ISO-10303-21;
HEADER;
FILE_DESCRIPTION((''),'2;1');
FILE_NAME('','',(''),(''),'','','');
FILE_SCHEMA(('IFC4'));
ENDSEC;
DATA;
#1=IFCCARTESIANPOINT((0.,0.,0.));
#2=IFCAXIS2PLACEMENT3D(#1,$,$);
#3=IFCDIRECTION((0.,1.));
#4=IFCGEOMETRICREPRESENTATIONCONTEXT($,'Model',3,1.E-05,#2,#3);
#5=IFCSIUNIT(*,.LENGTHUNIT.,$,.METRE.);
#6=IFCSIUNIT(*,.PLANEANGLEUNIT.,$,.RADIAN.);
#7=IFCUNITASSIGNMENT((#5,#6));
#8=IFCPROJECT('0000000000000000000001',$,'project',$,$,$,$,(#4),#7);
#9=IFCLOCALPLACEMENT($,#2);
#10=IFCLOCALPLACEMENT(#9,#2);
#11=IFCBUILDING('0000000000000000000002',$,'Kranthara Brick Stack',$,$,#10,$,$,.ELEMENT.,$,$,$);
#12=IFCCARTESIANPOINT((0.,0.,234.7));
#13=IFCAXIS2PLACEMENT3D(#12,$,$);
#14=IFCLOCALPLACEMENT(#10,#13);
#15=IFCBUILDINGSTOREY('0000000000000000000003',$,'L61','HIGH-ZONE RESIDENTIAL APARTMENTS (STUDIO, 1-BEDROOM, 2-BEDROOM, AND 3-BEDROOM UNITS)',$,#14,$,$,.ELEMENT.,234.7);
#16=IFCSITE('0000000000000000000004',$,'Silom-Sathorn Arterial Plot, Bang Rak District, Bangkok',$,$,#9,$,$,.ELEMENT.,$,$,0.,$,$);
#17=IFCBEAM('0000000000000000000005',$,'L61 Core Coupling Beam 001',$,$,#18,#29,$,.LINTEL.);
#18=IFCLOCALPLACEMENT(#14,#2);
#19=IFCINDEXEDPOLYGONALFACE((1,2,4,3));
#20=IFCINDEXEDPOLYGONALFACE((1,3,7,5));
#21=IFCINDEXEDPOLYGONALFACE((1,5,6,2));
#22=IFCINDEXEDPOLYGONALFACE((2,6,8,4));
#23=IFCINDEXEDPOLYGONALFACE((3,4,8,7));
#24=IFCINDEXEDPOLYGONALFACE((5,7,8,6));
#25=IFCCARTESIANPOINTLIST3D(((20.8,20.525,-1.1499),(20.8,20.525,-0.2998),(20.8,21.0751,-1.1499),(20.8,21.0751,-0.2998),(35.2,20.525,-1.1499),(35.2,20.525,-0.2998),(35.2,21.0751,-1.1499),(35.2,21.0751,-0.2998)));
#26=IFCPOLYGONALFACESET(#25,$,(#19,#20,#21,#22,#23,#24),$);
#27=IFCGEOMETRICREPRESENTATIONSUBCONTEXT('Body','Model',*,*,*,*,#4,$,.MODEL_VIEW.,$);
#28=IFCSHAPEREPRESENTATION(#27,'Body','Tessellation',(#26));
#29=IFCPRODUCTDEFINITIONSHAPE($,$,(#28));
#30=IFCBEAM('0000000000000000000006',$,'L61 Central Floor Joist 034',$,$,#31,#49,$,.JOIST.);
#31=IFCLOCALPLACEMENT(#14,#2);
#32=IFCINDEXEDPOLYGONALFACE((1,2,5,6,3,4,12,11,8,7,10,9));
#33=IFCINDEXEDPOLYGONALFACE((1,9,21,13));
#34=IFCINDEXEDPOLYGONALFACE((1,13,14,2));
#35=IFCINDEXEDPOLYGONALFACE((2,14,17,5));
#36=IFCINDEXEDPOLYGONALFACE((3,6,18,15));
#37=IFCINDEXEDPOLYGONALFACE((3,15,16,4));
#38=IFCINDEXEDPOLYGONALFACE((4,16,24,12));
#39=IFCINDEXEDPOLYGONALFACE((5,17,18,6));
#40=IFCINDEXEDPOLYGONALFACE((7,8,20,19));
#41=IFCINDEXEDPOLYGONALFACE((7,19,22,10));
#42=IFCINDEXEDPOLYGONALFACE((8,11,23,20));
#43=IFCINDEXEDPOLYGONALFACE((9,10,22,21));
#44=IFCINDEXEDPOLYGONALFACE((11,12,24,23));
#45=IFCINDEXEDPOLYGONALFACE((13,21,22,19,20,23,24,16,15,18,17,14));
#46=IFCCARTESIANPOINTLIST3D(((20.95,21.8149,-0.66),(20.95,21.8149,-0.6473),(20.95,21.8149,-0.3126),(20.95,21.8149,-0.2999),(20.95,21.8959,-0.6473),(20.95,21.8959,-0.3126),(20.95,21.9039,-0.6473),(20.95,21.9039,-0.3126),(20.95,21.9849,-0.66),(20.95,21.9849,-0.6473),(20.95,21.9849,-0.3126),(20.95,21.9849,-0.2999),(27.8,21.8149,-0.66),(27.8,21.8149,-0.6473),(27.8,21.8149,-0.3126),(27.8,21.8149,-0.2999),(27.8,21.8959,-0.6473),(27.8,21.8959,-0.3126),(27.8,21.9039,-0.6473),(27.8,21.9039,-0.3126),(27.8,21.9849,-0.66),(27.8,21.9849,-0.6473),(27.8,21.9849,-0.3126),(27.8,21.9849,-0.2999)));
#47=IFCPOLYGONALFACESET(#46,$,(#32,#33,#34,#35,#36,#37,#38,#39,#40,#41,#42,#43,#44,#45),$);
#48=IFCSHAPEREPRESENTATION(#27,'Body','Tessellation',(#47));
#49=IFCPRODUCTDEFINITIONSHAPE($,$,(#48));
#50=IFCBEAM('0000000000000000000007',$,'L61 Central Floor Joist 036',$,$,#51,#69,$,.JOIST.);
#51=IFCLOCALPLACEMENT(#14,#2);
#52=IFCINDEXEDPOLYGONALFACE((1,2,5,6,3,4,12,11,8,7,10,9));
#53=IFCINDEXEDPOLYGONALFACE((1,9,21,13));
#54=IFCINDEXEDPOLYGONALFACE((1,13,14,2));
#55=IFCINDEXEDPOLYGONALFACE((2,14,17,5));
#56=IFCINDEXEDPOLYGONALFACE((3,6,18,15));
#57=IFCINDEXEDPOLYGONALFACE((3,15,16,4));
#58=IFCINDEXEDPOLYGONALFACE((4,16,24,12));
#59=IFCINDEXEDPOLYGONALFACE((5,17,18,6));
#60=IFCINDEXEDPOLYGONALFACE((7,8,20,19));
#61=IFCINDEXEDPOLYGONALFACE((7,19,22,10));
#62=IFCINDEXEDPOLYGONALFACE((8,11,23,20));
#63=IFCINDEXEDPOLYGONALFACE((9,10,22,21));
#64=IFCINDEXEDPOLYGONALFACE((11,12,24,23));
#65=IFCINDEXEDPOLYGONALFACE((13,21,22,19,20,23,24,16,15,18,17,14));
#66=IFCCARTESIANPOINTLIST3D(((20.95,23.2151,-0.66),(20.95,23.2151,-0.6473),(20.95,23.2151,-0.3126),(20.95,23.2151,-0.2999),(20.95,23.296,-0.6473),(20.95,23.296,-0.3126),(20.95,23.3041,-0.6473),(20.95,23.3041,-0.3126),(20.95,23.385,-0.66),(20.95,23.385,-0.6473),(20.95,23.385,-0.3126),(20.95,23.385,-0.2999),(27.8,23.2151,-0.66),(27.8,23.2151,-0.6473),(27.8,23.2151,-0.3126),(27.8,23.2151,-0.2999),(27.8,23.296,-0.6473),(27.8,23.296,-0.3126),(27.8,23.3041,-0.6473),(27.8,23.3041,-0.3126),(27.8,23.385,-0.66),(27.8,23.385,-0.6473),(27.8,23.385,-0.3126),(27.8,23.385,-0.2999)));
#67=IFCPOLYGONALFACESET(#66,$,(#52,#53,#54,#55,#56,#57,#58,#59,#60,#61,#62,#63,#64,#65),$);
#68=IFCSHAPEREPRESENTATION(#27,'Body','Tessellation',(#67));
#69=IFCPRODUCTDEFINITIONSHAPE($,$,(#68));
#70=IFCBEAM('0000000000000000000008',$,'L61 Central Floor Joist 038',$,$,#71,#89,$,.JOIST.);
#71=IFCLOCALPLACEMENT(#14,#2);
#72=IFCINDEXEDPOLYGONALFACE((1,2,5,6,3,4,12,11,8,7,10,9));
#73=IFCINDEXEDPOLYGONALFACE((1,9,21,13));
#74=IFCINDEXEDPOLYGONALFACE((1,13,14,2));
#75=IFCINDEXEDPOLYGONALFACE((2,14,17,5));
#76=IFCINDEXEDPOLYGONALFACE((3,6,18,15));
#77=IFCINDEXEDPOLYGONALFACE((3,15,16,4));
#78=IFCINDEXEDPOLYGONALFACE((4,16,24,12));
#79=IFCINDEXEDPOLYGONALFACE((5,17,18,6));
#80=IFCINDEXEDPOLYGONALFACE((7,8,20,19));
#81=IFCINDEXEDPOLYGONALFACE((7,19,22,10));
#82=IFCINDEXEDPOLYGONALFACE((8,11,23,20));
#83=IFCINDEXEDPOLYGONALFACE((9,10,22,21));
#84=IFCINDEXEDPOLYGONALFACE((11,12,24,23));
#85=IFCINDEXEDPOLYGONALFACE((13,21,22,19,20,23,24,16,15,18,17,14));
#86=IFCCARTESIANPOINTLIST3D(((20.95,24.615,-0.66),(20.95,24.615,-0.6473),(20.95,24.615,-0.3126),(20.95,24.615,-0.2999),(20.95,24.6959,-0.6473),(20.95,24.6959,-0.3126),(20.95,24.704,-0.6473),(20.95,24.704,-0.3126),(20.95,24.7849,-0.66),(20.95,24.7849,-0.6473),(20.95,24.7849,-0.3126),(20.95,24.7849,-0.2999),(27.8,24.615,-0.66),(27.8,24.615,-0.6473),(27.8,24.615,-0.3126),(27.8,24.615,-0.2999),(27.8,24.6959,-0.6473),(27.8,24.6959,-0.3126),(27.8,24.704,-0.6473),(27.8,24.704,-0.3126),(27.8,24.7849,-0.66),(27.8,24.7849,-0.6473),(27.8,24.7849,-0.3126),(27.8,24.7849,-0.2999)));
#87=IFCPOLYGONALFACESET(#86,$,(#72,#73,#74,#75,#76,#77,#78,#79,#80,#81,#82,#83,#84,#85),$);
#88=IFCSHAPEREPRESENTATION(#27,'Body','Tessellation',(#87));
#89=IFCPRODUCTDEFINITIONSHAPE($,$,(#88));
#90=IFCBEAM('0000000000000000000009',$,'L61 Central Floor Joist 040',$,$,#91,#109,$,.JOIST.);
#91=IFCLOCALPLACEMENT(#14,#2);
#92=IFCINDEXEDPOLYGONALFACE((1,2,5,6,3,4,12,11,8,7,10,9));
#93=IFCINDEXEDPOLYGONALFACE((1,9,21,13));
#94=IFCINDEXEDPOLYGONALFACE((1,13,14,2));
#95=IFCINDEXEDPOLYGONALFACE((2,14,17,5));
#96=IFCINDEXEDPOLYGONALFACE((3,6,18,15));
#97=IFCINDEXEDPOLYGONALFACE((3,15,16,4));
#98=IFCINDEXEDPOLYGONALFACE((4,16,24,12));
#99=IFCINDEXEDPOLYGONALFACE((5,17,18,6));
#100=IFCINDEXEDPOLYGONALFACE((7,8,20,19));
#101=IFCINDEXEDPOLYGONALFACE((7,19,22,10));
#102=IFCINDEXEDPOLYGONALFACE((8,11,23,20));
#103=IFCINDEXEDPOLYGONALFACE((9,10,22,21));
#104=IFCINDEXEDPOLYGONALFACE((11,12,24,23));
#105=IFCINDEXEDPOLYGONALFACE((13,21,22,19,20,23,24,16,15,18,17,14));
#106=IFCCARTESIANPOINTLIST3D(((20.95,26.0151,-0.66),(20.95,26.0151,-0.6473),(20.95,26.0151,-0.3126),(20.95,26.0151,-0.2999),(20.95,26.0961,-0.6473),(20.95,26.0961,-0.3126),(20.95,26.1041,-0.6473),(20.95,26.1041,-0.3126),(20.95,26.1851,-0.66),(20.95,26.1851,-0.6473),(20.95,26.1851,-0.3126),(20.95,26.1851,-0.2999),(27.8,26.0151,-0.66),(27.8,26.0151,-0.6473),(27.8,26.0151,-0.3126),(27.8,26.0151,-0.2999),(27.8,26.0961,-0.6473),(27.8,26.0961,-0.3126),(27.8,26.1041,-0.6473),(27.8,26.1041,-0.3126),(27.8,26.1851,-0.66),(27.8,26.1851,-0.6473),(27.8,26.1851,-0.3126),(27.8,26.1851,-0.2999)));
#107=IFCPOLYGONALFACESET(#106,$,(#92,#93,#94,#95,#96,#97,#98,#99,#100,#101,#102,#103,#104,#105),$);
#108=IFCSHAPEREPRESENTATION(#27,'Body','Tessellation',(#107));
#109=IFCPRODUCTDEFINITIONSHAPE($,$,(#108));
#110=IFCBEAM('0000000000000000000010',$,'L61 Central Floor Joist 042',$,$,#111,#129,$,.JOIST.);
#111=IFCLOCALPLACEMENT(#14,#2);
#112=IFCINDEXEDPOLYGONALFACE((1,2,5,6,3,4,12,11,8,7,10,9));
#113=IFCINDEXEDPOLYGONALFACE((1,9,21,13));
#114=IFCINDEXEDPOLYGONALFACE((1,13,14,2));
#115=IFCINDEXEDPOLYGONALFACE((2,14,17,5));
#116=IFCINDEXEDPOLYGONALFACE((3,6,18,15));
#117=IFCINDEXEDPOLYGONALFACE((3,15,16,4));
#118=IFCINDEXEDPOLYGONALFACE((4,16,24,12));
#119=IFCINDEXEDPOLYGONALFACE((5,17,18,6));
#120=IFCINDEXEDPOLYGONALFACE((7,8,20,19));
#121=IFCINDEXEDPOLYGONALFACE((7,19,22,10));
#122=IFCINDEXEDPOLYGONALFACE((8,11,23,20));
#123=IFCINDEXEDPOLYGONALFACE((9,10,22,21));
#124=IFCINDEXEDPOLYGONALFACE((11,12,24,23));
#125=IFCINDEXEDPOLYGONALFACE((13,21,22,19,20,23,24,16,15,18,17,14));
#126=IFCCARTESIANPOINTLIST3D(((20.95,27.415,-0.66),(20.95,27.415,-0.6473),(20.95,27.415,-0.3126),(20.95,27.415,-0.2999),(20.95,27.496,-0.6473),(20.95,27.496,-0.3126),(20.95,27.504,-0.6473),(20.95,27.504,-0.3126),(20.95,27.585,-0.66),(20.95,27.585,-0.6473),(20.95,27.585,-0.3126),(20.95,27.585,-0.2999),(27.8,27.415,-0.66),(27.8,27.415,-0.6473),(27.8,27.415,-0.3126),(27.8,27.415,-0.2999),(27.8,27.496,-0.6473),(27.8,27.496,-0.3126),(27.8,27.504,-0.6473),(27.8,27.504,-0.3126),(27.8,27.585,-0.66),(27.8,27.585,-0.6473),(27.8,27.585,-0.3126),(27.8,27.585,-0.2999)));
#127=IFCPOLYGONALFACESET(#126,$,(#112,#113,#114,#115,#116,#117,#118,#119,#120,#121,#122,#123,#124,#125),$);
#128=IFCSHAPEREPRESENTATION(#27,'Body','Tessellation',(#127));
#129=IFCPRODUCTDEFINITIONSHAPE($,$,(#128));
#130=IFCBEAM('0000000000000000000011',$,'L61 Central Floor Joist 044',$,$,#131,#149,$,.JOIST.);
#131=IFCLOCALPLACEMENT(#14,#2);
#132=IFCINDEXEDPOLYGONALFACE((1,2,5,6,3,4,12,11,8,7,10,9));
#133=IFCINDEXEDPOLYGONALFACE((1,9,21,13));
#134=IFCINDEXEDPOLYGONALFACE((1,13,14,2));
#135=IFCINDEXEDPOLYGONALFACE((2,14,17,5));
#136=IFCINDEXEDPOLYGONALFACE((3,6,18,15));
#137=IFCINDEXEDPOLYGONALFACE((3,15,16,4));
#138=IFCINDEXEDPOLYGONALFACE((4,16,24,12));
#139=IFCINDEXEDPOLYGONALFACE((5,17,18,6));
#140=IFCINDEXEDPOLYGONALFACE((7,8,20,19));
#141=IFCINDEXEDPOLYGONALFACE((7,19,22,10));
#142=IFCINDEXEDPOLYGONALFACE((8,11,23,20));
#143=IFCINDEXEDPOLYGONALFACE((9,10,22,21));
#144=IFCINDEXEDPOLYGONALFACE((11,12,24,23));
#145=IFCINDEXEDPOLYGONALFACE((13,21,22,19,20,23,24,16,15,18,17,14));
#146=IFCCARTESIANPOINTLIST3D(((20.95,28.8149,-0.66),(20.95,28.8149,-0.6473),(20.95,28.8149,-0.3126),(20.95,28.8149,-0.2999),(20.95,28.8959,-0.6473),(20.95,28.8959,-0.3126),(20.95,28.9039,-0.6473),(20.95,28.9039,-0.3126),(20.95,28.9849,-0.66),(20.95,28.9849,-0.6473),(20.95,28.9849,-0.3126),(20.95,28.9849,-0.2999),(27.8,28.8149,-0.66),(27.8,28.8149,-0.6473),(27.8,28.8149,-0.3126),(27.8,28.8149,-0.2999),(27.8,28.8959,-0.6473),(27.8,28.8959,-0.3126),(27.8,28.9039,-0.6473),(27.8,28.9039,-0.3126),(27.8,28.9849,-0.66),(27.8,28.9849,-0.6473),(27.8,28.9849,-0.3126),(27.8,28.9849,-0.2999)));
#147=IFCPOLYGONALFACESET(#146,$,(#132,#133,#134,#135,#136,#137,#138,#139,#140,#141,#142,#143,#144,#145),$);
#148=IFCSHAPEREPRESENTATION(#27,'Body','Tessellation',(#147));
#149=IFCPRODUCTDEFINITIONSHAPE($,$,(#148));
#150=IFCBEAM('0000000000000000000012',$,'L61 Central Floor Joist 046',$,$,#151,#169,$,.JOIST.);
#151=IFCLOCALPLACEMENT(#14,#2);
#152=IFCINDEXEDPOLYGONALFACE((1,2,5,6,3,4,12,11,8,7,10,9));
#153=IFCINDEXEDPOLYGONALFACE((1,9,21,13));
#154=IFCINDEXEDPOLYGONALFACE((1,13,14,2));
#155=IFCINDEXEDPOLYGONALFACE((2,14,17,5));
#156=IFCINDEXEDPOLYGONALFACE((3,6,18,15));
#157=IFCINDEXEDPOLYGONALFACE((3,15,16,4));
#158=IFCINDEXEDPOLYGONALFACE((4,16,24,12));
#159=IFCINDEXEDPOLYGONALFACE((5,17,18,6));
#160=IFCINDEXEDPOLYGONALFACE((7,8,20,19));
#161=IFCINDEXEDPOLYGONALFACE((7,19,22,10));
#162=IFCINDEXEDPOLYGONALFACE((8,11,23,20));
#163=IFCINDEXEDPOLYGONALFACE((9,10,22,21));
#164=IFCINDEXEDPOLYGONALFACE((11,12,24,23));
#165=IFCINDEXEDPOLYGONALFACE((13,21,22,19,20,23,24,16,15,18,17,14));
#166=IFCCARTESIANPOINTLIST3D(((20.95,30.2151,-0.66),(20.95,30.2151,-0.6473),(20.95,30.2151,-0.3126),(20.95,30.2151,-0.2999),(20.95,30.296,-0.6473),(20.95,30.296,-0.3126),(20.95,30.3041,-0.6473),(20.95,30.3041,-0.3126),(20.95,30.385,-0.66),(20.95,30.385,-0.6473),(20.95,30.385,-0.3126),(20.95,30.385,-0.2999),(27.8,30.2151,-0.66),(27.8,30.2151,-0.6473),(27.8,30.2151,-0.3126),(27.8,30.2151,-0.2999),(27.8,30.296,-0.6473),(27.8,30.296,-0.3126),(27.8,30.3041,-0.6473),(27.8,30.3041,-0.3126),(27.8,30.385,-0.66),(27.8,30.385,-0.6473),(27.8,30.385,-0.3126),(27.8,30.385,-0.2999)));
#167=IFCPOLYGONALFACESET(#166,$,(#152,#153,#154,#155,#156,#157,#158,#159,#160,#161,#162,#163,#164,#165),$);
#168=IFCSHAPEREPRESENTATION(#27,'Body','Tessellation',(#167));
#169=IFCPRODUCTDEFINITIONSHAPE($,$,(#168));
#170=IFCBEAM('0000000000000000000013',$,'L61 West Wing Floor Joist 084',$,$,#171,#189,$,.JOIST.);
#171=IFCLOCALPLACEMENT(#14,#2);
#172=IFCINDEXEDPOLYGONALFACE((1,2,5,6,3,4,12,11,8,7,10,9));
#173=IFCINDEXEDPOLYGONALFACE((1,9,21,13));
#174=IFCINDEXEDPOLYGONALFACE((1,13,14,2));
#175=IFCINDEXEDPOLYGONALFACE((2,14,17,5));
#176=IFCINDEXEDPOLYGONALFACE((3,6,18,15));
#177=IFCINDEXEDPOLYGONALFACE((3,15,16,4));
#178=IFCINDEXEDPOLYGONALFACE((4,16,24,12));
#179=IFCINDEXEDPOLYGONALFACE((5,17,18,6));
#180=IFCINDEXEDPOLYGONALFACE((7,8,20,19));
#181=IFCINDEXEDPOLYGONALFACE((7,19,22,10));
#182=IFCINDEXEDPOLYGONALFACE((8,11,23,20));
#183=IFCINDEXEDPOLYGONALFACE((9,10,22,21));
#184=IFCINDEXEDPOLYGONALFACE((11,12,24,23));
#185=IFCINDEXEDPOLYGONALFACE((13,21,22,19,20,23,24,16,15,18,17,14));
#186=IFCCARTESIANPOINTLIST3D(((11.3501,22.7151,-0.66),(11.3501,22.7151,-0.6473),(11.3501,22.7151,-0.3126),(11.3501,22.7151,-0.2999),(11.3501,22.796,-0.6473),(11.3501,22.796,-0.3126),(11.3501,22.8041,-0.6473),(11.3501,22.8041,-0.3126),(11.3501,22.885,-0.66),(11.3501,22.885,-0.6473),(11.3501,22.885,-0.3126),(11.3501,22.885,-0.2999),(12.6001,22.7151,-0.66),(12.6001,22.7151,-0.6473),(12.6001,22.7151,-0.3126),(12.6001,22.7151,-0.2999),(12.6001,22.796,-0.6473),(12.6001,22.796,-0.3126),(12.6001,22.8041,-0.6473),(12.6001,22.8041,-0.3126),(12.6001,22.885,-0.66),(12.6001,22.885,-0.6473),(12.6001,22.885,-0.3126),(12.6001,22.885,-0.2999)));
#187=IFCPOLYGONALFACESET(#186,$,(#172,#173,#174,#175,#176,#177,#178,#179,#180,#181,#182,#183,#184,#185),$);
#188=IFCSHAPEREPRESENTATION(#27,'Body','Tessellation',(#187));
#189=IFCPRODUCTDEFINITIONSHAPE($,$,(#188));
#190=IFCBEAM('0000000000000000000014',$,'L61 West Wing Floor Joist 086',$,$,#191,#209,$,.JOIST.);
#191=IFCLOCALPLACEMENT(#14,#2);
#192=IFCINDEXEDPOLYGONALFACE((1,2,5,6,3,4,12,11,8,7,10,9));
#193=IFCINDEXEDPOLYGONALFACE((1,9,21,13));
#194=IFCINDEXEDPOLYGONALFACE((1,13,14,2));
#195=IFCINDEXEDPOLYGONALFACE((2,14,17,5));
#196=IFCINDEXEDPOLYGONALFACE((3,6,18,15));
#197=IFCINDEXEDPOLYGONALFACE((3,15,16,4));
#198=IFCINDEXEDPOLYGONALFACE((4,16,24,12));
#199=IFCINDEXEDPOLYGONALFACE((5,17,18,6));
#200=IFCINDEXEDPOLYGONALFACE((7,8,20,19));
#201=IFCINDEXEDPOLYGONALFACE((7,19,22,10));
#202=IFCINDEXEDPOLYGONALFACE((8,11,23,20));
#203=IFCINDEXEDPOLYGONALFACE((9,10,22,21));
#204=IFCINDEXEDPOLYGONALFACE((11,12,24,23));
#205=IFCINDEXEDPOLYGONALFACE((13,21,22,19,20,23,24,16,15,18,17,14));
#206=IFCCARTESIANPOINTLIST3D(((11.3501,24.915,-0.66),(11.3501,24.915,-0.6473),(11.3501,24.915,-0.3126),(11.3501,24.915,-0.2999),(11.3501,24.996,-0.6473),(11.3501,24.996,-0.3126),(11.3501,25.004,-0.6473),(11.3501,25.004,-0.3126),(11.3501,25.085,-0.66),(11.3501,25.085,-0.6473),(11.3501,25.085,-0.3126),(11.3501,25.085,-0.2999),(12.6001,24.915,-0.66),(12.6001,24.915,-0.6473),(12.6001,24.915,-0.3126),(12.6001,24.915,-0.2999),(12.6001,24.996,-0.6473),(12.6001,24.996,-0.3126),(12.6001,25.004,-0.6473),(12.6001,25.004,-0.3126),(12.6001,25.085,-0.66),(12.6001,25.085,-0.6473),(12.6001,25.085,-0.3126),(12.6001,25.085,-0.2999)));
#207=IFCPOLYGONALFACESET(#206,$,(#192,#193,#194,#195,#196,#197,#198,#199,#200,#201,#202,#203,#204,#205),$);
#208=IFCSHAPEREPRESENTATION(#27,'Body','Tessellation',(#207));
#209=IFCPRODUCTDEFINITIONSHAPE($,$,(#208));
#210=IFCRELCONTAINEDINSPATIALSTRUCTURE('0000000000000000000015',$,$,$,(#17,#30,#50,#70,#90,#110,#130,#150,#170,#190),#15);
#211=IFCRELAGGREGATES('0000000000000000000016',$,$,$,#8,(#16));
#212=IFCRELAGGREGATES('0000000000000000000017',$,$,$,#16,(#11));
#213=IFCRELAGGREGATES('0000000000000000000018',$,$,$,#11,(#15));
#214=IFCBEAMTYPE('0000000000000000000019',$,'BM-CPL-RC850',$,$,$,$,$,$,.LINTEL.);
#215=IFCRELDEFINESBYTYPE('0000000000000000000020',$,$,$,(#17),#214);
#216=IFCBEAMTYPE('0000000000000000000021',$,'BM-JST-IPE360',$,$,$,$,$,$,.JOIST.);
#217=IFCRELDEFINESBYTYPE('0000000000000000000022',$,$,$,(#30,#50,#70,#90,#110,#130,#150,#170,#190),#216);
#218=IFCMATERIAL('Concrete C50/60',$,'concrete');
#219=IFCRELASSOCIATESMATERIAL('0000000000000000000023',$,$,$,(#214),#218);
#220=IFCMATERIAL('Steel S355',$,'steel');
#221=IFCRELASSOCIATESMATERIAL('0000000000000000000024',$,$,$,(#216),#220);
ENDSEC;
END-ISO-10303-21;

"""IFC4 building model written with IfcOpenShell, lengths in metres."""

from ifc_helpers import new_model, si_unit, direction, frame, origin, origin_2d, place, context, subcontext, project, spatial, rectangle, i_section, extrude, material, material_profile, profile_set, type_object, element, save


model = new_model("IFC4")

# Units and contexts
model_context = context("Model", 3, precision=1e-05, world=origin(), true_north=direction((0.0, 1.0)))
body_context = subcontext(model_context, "Body", "Model", "MODEL_VIEW")
ifc_project = project(units=[si_unit("LENGTHUNIT", "METRE"), si_unit("PLANEANGLEUNIT", "RADIAN")], contexts=[model_context])

# Site, building, storey
site_placement = place(None, origin())
site = spatial("IfcSite", under=ifc_project, at=site_placement, Name="Silom-Sathorn Arterial Plot, Bang Rak District, Bangkok", CompositionType="ELEMENT", RefElevation=0.0)
building_placement = place(site_placement, origin())
building = spatial("IfcBuilding", under=site, at=building_placement, Name="Kranthara Brick Stack", CompositionType="ELEMENT")
storey_placement = place(building_placement, frame((0.0, 0.0, 234.7)))
storey = spatial("IfcBuildingStorey", under=building, at=storey_placement, Name="L61", Description="HIGH-ZONE RESIDENTIAL APARTMENTS (STUDIO, 1-BEDROOM, 2-BEDROOM, AND 3-BEDROOM UNITS)", CompositionType="ELEMENT", Elevation=234.7)

# Beams
ifc_material_1 = material(Name="Concrete C50/60", Category="concrete")
ifc_material_profile_1 = material_profile(ifc_material_1, rectangle(XDim=0.55, YDim=0.8501, at=origin_2d()), Name="RC 550x850")
ifc_profile_set_1 = profile_set([ifc_material_profile_1], Name="Concrete C50/60")
beam_type_1 = type_object("IfcBeamType", Name="BM-CPL-RC850", PredefinedType="LINTEL", material=ifc_profile_set_1)
beam_1_placement = place(storey_placement, frame((20.8, 20.8, -0.7249), z_axis=(1.0, 0.0, 0.0), x_axis=(0.0, 1.0, 0.0)))
element("IfcBeam", 1, at=beam_1_placement, inside=storey, type_object=beam_type_1, Name="L61 Core Coupling Beam 001", PredefinedType="LINTEL", context=body_context, shape_type="SweptSolid", body=[
    extrude(rectangle(XDim=0.55, YDim=0.8501, at=origin_2d()), origin(), (0.0, 0.0, 1.0), 14.3999),
])
ifc_material_2 = material(Name="Steel S355", Category="steel")
ifc_material_profile_2 = material_profile(ifc_material_2, i_section(OverallWidth=0.1699, OverallDepth=0.3601, WebThickness=0.0081, FlangeThickness=0.0127, at=origin_2d()), Name="IPE 360")
ifc_profile_set_2 = profile_set([ifc_material_profile_2], Name="Steel S355")
beam_type_2 = type_object("IfcBeamType", Name="BM-JST-IPE360", PredefinedType="JOIST", material=ifc_profile_set_2)
for number, where, z_axis, x_axis, name in (
    (2, (20.95, 21.8999, -0.48), (1.0, 0.0, 0.0), (0.0, 1.0, 0.0), "L61 Central Floor Joist 034"),
    (3, (20.95, 23.3, -0.48), (1.0, 0.0, 0.0), (0.0, 1.0, 0.0), "L61 Central Floor Joist 036"),
    (4, (20.95, 24.7, -0.48), (1.0, 0.0, 0.0), (0.0, 1.0, 0.0), "L61 Central Floor Joist 038"),
    (5, (20.95, 26.1001, -0.48), (1.0, 0.0, 0.0), (0.0, 1.0, 0.0), "L61 Central Floor Joist 040"),
    (6, (20.95, 27.5, -0.48), (1.0, 0.0, 0.0), (0.0, 1.0, 0.0), "L61 Central Floor Joist 042"),
    (7, (20.95, 28.8999, -0.48), (1.0, 0.0, 0.0), (0.0, 1.0, 0.0), "L61 Central Floor Joist 044"),
    (8, (20.95, 30.3, -0.48), (1.0, 0.0, 0.0), (0.0, 1.0, 0.0), "L61 Central Floor Joist 046"),
):
    element("IfcBeam", number, at=place(storey_placement, frame(where, z_axis=z_axis, x_axis=x_axis)), inside=storey, type_object=beam_type_2, Name=name, PredefinedType="JOIST", context=body_context, shape_type="SweptSolid", body=[
        extrude(i_section(OverallWidth=0.1699, OverallDepth=0.3601, WebThickness=0.0081, FlangeThickness=0.0127, at=origin_2d()), origin(), (0.0, 0.0, 1.0), 6.8501),
    ])
for number, where, z_axis, x_axis, name in (
    (9, (11.3501, 22.8, -0.48), (1.0, 0.0, 0.0), (0.0, 1.0, 0.0), "L61 West Wing Floor Joist 084"),
    (10, (11.3501, 25.0, -0.48), (1.0, 0.0, 0.0), (0.0, 1.0, 0.0), "L61 West Wing Floor Joist 086"),
):
    element("IfcBeam", number, at=place(storey_placement, frame(where, z_axis=z_axis, x_axis=x_axis)), inside=storey, type_object=beam_type_2, Name=name, PredefinedType="JOIST", context=body_context, shape_type="SweptSolid", body=[
        extrude(i_section(OverallWidth=0.1699, OverallDepth=0.3601, WebThickness=0.0081, FlangeThickness=0.0127, at=origin_2d()), origin(), (0.0, 0.0, 1.0), 1.25),
    ])

save(model, "model.ifc")
